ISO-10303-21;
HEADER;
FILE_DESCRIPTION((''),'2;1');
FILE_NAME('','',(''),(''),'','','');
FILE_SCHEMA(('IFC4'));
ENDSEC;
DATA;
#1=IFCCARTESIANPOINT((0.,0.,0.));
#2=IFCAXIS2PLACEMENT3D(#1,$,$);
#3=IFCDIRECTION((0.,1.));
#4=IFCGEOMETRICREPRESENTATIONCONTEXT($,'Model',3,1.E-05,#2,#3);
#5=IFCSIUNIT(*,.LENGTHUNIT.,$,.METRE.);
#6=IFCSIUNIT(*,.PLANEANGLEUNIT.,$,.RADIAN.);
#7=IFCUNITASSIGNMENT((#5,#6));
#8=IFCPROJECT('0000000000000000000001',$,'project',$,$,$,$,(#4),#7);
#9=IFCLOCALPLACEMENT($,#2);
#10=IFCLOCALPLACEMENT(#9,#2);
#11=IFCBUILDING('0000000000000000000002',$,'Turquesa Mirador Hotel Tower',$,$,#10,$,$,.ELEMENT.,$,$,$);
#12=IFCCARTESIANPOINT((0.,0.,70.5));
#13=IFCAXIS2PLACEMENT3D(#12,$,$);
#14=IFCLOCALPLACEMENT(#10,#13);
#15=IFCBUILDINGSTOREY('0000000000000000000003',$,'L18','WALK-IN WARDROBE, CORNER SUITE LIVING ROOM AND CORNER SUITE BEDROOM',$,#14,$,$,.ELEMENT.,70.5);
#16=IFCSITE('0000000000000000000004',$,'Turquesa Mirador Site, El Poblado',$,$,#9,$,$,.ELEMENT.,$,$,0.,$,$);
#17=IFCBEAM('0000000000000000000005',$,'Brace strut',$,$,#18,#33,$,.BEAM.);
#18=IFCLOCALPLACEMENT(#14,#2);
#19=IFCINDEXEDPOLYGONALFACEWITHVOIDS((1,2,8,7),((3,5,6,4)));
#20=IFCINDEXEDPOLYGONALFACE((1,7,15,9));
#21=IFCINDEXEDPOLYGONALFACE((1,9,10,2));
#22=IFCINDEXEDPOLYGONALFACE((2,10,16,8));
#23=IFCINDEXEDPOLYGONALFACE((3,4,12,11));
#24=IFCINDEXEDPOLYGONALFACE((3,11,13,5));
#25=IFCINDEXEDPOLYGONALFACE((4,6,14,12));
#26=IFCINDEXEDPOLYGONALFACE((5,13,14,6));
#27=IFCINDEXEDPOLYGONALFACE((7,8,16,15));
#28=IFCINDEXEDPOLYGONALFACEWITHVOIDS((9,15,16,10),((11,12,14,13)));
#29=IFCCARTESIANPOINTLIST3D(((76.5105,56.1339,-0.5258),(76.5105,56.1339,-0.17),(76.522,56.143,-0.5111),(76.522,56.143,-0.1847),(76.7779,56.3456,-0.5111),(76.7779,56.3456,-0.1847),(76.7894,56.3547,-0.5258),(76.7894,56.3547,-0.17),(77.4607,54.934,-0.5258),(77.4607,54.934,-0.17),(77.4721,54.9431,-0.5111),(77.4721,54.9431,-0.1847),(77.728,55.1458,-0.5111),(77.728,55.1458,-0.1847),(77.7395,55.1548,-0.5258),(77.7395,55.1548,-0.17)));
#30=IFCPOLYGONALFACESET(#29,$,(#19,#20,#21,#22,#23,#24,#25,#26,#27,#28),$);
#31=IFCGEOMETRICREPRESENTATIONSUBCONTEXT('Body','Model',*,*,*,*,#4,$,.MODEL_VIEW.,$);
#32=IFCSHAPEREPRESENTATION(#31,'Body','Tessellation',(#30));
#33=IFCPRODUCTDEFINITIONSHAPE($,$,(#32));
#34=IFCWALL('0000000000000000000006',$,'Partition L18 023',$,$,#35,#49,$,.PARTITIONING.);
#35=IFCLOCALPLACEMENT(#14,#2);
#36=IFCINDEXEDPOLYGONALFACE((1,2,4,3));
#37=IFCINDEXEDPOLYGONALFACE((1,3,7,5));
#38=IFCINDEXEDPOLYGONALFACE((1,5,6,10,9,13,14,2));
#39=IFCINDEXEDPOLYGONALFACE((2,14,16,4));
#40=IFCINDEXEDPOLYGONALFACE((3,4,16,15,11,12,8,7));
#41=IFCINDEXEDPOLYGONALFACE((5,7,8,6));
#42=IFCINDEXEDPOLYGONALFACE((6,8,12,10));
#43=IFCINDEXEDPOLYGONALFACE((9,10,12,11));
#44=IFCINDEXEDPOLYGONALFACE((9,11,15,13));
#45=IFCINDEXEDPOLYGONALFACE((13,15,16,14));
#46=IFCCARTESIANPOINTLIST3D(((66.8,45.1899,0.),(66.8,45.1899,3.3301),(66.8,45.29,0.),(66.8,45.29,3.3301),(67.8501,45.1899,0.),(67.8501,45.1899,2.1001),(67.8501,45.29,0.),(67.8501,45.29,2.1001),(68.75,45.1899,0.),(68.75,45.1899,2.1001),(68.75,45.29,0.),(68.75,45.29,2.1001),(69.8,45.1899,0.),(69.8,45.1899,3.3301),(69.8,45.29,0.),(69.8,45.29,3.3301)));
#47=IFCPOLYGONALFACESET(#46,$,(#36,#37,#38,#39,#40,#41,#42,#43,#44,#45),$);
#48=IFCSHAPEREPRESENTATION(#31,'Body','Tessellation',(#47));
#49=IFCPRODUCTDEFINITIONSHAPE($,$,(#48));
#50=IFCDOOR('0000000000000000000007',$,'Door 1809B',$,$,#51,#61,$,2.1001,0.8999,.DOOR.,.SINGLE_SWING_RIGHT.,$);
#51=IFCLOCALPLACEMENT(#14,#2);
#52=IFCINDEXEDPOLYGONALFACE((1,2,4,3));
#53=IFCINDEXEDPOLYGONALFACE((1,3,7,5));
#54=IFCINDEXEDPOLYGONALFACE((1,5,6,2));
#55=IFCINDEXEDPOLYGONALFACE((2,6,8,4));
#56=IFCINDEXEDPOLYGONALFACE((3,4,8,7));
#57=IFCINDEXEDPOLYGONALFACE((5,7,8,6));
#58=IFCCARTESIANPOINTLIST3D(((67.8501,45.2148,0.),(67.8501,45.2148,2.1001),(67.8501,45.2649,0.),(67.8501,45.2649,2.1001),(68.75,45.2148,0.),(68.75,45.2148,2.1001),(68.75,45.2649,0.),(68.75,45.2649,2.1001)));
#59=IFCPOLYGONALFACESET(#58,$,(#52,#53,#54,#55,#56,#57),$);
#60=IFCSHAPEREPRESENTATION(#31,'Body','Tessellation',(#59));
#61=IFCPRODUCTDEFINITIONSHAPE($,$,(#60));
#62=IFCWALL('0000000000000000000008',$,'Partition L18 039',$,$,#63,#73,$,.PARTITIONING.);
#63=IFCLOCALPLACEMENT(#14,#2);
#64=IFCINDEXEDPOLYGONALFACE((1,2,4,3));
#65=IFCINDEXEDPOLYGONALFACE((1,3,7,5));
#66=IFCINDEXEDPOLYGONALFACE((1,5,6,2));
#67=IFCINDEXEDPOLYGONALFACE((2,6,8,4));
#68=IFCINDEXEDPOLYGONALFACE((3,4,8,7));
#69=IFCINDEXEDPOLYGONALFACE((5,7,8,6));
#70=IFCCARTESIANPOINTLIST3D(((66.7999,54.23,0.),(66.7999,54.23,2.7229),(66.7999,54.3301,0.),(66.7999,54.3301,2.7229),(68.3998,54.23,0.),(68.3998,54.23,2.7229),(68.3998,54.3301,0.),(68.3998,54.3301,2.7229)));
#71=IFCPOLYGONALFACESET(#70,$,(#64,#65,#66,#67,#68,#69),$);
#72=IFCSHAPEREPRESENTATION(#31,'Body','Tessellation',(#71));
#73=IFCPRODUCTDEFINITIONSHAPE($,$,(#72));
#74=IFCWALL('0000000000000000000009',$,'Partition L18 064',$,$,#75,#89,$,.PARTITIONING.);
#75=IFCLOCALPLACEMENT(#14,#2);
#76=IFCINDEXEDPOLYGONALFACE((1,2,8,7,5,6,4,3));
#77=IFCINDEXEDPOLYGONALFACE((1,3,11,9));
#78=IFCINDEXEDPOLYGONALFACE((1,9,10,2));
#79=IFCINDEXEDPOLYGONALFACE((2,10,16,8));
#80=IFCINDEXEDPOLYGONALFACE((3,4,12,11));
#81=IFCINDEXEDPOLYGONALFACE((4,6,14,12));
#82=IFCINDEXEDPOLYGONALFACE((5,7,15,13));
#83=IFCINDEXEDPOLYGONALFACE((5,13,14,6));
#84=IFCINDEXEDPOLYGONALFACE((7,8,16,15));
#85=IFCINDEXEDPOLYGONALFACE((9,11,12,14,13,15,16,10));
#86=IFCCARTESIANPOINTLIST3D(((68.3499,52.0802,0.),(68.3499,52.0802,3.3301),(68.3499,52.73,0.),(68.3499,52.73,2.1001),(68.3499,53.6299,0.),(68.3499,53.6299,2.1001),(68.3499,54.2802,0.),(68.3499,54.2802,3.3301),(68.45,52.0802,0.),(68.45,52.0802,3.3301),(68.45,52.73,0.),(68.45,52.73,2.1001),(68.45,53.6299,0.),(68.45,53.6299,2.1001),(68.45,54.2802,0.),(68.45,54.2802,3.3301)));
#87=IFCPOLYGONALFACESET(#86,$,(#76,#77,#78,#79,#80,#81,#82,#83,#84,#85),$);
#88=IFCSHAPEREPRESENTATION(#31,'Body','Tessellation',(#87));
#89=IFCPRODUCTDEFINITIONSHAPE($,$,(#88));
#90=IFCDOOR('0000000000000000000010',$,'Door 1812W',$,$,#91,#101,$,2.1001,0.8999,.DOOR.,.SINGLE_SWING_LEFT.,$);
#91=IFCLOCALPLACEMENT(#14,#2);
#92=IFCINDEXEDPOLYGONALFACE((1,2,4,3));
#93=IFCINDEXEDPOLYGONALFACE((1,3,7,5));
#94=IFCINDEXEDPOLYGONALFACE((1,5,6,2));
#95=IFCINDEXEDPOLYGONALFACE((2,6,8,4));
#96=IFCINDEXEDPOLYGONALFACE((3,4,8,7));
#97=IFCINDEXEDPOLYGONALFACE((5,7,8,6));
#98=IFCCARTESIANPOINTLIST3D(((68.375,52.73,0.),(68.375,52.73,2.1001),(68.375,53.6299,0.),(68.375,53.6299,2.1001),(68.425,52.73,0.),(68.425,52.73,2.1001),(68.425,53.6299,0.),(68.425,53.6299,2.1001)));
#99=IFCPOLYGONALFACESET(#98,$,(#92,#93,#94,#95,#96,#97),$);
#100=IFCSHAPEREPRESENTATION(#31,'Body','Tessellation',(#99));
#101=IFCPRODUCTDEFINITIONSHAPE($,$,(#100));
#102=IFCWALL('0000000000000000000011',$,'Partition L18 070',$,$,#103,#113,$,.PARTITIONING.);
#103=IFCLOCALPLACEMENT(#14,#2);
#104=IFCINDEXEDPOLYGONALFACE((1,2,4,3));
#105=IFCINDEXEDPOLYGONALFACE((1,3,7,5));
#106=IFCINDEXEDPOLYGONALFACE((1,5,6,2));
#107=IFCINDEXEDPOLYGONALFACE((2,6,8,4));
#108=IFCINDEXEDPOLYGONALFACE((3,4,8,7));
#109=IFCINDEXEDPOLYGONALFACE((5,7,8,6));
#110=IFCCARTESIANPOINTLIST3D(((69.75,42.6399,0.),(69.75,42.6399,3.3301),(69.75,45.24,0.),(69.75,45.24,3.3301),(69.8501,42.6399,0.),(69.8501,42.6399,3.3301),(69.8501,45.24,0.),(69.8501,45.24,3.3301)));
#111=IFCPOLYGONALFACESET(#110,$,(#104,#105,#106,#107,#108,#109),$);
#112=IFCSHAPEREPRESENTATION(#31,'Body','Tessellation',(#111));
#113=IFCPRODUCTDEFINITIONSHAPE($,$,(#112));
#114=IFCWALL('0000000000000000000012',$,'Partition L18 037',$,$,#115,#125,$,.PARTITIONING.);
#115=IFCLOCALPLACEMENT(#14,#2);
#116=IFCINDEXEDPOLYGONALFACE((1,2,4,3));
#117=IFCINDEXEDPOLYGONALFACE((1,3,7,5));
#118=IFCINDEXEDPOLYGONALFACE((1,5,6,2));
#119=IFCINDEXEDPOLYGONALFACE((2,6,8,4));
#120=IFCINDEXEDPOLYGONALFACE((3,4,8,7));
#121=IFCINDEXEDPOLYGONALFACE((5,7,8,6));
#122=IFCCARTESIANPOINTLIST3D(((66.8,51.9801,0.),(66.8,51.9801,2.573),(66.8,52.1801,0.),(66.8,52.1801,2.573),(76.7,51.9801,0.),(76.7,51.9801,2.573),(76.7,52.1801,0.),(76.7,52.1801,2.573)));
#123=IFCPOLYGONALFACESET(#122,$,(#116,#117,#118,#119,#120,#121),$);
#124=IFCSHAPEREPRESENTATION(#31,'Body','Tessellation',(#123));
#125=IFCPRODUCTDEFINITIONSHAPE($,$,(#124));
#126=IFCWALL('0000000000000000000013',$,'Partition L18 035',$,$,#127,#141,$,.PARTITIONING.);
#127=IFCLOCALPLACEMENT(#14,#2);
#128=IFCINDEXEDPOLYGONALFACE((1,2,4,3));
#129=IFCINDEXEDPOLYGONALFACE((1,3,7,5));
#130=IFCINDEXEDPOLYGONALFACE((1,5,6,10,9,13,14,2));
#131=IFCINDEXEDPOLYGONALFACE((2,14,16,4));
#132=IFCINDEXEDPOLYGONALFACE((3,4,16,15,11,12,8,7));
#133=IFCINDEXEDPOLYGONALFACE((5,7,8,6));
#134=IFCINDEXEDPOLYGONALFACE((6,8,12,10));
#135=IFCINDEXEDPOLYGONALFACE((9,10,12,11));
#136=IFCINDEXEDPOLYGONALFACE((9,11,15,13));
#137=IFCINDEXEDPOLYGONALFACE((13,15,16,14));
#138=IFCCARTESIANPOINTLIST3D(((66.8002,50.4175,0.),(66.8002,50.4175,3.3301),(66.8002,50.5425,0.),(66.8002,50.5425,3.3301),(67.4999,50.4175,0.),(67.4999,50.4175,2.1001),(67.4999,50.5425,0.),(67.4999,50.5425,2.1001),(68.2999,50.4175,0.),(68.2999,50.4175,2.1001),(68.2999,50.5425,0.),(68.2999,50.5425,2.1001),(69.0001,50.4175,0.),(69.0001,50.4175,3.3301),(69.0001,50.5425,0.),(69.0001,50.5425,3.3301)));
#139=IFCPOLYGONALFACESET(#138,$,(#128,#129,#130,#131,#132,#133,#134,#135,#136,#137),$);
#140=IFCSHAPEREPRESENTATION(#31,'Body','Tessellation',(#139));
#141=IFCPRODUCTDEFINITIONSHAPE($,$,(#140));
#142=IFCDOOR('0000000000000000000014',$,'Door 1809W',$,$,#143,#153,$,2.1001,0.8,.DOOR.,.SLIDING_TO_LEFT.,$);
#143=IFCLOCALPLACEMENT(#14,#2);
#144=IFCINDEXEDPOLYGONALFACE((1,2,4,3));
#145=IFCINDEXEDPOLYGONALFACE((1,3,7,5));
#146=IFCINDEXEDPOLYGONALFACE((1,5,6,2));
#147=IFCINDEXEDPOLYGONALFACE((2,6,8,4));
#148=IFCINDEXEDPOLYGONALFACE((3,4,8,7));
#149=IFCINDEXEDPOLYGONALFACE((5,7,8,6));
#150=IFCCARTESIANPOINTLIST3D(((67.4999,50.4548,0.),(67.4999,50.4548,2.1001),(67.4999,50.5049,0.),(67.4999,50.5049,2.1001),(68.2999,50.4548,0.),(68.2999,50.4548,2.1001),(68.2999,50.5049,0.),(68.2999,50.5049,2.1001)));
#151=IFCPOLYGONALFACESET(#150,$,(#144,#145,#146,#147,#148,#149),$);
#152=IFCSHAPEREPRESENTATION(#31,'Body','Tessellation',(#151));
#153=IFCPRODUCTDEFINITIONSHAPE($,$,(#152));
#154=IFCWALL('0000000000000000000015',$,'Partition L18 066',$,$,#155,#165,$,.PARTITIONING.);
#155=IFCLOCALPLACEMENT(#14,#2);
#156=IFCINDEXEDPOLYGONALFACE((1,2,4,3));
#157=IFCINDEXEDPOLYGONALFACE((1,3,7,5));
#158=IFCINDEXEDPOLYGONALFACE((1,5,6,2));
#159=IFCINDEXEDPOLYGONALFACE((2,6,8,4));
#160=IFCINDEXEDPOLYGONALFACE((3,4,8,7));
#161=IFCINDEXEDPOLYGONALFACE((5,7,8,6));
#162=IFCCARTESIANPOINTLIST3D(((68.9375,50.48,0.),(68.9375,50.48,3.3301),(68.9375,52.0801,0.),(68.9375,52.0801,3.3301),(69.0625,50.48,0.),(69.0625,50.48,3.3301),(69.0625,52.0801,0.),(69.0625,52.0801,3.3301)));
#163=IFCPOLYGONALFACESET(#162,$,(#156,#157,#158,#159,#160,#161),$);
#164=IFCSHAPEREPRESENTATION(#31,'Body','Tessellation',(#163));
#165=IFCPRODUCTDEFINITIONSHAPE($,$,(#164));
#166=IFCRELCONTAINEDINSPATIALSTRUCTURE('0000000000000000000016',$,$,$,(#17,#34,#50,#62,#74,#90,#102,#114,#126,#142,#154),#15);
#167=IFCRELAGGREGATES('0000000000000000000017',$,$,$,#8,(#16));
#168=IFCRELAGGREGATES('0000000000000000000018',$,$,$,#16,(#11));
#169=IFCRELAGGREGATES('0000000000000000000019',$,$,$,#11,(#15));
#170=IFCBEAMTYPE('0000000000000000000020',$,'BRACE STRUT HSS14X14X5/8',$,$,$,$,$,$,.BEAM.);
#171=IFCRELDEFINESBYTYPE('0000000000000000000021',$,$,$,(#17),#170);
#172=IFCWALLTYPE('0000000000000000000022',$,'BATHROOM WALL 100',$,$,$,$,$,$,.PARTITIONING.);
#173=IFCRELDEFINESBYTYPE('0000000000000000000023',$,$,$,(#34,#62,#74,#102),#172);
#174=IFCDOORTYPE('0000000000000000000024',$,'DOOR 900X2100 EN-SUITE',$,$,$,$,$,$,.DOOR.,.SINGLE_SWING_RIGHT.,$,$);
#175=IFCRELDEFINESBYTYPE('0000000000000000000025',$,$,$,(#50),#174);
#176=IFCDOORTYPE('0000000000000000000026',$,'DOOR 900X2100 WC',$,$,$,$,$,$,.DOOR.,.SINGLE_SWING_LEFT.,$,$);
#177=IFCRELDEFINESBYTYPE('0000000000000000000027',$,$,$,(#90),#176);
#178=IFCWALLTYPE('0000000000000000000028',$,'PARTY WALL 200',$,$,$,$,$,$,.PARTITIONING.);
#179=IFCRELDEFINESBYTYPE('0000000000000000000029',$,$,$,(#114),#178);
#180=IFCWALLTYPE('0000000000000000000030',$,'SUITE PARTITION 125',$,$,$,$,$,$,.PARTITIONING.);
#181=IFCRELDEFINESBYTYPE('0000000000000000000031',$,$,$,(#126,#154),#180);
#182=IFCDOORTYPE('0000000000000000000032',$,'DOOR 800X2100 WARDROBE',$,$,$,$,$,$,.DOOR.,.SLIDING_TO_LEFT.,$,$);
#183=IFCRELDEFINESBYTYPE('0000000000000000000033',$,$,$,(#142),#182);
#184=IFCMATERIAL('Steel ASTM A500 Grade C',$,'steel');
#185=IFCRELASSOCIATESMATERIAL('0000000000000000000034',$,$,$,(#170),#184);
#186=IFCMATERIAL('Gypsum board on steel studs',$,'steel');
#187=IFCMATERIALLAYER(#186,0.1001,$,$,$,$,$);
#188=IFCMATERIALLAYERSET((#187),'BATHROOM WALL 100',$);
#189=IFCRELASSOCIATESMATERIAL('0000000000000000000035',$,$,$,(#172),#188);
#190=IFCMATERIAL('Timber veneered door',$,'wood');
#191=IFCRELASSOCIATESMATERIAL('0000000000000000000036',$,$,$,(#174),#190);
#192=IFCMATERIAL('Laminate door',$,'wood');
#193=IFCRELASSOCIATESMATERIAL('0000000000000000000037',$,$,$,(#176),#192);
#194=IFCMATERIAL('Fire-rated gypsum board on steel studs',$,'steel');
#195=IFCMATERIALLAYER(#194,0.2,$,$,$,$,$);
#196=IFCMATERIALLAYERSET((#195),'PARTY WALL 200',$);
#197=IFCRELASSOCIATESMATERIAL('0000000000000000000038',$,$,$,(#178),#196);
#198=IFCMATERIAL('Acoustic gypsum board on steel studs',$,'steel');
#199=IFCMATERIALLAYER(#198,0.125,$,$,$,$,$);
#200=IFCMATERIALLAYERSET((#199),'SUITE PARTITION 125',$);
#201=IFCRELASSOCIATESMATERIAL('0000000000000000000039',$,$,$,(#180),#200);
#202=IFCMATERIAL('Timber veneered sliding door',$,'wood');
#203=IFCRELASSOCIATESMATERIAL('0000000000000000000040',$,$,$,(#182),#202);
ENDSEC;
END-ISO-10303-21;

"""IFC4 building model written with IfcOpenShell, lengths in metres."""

from ifc_helpers import new_model, si_unit, direction, frame, frame_2d, origin, origin_2d, place, context, subcontext, project, spatial, rectangle, hollow_rectangle, extrude, material, layer, layer_set, material_profile, profile_set, type_object, element, fill, save


model = new_model("IFC4")

# Units and contexts
model_context = context("Model", 3, precision=1e-05, world=origin(), true_north=direction((0.0, 1.0)))
body_context = subcontext(model_context, "Body", "Model", "MODEL_VIEW")
ifc_project = project(units=[si_unit("LENGTHUNIT", "METRE"), si_unit("PLANEANGLEUNIT", "RADIAN")], contexts=[model_context])

# Site, building, storey
site_placement = place(None, origin())
site = spatial("IfcSite", under=ifc_project, at=site_placement, Name="Turquesa Mirador Site, El Poblado", CompositionType="ELEMENT", RefElevation=0.0)
building_placement = place(site_placement, origin())
building = spatial("IfcBuilding", under=site, at=building_placement, Name="Turquesa Mirador Hotel Tower", CompositionType="ELEMENT")
storey_placement = place(building_placement, frame((0.0, 0.0, 70.5)))
storey = spatial("IfcBuildingStorey", under=building, at=storey_placement, Name="L18", Description="WALK-IN WARDROBE, CORNER SUITE LIVING ROOM AND CORNER SUITE BEDROOM", CompositionType="ELEMENT", Elevation=70.5)

# Beam
ifc_material_1 = material(Name="Steel ASTM A500 Grade C", Category="steel")
ifc_material_profile_1 = material_profile(ifc_material_1, hollow_rectangle(XDim=0.3557, YDim=0.3557, WallThickness=0.0146, at=origin_2d()), Name="HSS14X14X5/8")
ifc_profile_set_1 = profile_set([ifc_material_profile_1], Name="Steel ASTM A500 Grade C")
beam_type_1 = type_object("IfcBeamType", Name="BRACE STRUT HSS14X14X5/8", PredefinedType="BEAM", material=ifc_profile_set_1)
for number, where, z_axis, x_axis, name in (
    (1, (77.6001, 55.0444, -0.3479), (-0.620797, 0.783971, 0.0), (-0.783971, -0.620797, 0.0), "Brace strut"),
):
    element("IfcBeam", number, at=place(storey_placement, frame(where, z_axis=z_axis, x_axis=x_axis)), inside=storey, type_object=beam_type_1, Name=name, PredefinedType="BEAM", context=body_context, shape_type="SweptSolid", body=[
        extrude(hollow_rectangle(XDim=0.3557, YDim=0.3557, WallThickness=0.0146, at=origin_2d()), origin(), (0.0, 0.0, 1.0), 1.5305),
    ])

# Wall, opening, door
ifc_material_2 = material(Name="Gypsum board on steel studs", Category="steel")
ifc_layer_1 = layer(ifc_material_2, 0.1001)
ifc_layer_set_1 = layer_set([ifc_layer_1], Name="BATHROOM WALL 100")
wall_type_1 = type_object("IfcWallType", Name="BATHROOM WALL 100", PredefinedType="PARTITIONING", material=ifc_layer_set_1)
wall_1_placement = place(storey_placement, frame((66.8, 45.24, 0.0), z_axis=(0.0, 0.0, 1.0), x_axis=(1.0, 0.0, 0.0)))
wall_1 = element("IfcWall", 2, at=wall_1_placement, inside=storey, type_object=wall_type_1, Name="Partition L18 023", PredefinedType="PARTITIONING", context=body_context, shape_type="SweptSolid", body=[
    extrude(rectangle(XDim=3.0, YDim=0.1001, at=frame_2d((1.5, 0.0))), origin(), (0.0, 0.0, 1.0), 3.3301),
])
opening_1_placement = place(wall_1_placement, frame((1.05, 0.0, 0.0)))
opening_1 = element("IfcOpeningElement", 3, at=opening_1_placement, cuts=wall_1, PredefinedType="OPENING", context=body_context, shape_type="SweptSolid", body=[
    extrude(rectangle(XDim=0.8999, YDim=2.1001, at=frame_2d((0.45, 1.05))), frame((0.0, 0.0601, 0.0), z_axis=(0.0, -1.0, 0.0), x_axis=(1.0, 0.0, 0.0)), (0.0, 0.0, 1.0), 0.1201),
])
ifc_material_3 = material(Name="Timber veneered door", Category="wood")
door_type_1 = type_object("IfcDoorType", Name="DOOR 900X2100 EN-SUITE", OperationType="SINGLE_SWING_RIGHT", PredefinedType="DOOR", material=ifc_material_3)
door_1_placement = place(opening_1_placement, origin())
door_1 = element("IfcDoor", 4, at=door_1_placement, inside=storey, type_object=door_type_1, Name="Door 1809B", OperationType="SINGLE_SWING_RIGHT", OverallHeight=2.1001, OverallWidth=0.8999, PredefinedType="DOOR", context=body_context, shape_type="SweptSolid", body=[
    extrude(rectangle(XDim=0.8999, YDim=2.1001, at=frame_2d((0.45, 1.05))), frame((0.0, 0.0249, 0.0), z_axis=(0.0, -1.0, 0.0), x_axis=(1.0, 0.0, 0.0)), (0.0, 0.0, 1.0), 0.05),
])
fill(opening_1, door_1)

# Wall
wall_2_placement = place(storey_placement, frame((66.8, 54.28, 0.0), z_axis=(0.0, 0.0, 1.0), x_axis=(1.0, 0.0, 0.0)))
element("IfcWall", 5, at=wall_2_placement, inside=storey, type_object=wall_type_1, Name="Partition L18 039", PredefinedType="PARTITIONING", context=body_context, shape_type="SweptSolid", body=[
    extrude(rectangle(XDim=1.5999, YDim=0.1001, at=frame_2d((0.7998, 0.0))), origin(), (0.0, 0.0, 1.0), 2.7229),
])

# Wall, opening, door
wall_3_placement = place(storey_placement, frame((68.3999, 52.0801, 0.0), z_axis=(0.0, 0.0, 1.0), x_axis=(0.0, 1.0, 0.0)))
wall_3 = element("IfcWall", 6, at=wall_3_placement, inside=storey, type_object=wall_type_1, Name="Partition L18 064", PredefinedType="PARTITIONING", context=body_context, shape_type="SweptSolid", body=[
    extrude(rectangle(XDim=2.2, YDim=0.1001, at=frame_2d((1.1001, 0.0))), origin(), (0.0, 0.0, 1.0), 3.3301),
])
opening_2_placement = place(wall_3_placement, frame((0.6499, 0.0, 0.0)))
opening_2 = element("IfcOpeningElement", 7, at=opening_2_placement, cuts=wall_3, PredefinedType="OPENING", context=body_context, shape_type="SweptSolid", body=[
    extrude(rectangle(XDim=0.8999, YDim=2.1001, at=frame_2d((0.45, 1.05))), frame((0.0, 0.0601, 0.0), z_axis=(0.0, -1.0, 0.0), x_axis=(1.0, 0.0, 0.0)), (0.0, 0.0, 1.0), 0.1201),
])
ifc_material_4 = material(Name="Laminate door", Category="wood")
door_type_2 = type_object("IfcDoorType", Name="DOOR 900X2100 WC", OperationType="SINGLE_SWING_LEFT", PredefinedType="DOOR", material=ifc_material_4)
door_2_placement = place(opening_2_placement, origin())
door_2 = element("IfcDoor", 8, at=door_2_placement, inside=storey, type_object=door_type_2, Name="Door 1812W", OperationType="SINGLE_SWING_LEFT", OverallHeight=2.1001, OverallWidth=0.8999, PredefinedType="DOOR", context=body_context, shape_type="SweptSolid", body=[
    extrude(rectangle(XDim=0.8999, YDim=2.1001, at=frame_2d((0.45, 1.05))), frame((0.0, 0.0249, 0.0), z_axis=(0.0, -1.0, 0.0), x_axis=(1.0, 0.0, 0.0)), (0.0, 0.0, 1.0), 0.05),
])
fill(opening_2, door_2)

# Walls
wall_4_placement = place(storey_placement, frame((69.8, 42.6399, 0.0), z_axis=(0.0, 0.0, 1.0), x_axis=(0.0, 1.0, 0.0)))
element("IfcWall", 9, at=wall_4_placement, inside=storey, type_object=wall_type_1, Name="Partition L18 070", PredefinedType="PARTITIONING", context=body_context, shape_type="SweptSolid", body=[
    extrude(rectangle(XDim=2.6001, YDim=0.1001, at=frame_2d((1.3, 0.0))), origin(), (0.0, 0.0, 1.0), 3.3301),
])
ifc_material_5 = material(Name="Fire-rated gypsum board on steel studs", Category="steel")
ifc_layer_2 = layer(ifc_material_5, 0.2)
ifc_layer_set_2 = layer_set([ifc_layer_2], Name="PARTY WALL 200")
wall_type_2 = type_object("IfcWallType", Name="PARTY WALL 200", PredefinedType="PARTITIONING", material=ifc_layer_set_2)
wall_5_placement = place(storey_placement, frame((66.8, 52.0801, 0.0), z_axis=(0.0, 0.0, 1.0), x_axis=(1.0, 0.0, 0.0)))
element("IfcWall", 10, at=wall_5_placement, inside=storey, type_object=wall_type_2, Name="Partition L18 037", PredefinedType="PARTITIONING", context=body_context, shape_type="SweptSolid", body=[
    extrude(rectangle(XDim=9.8999, YDim=0.2, at=frame_2d((4.95, 0.0))), origin(), (0.0, 0.0, 1.0), 2.573),
])

# Wall, opening, door
ifc_material_6 = material(Name="Acoustic gypsum board on steel studs", Category="steel")
ifc_layer_3 = layer(ifc_material_6, 0.125)
ifc_layer_set_3 = layer_set([ifc_layer_3], Name="SUITE PARTITION 125")
wall_type_3 = type_object("IfcWallType", Name="SUITE PARTITION 125", PredefinedType="PARTITIONING", material=ifc_layer_set_3)
wall_6_placement = place(storey_placement, frame((66.8, 50.48, 0.0), z_axis=(0.0, 0.0, 1.0), x_axis=(1.0, 0.0, 0.0)))
wall_6 = element("IfcWall", 11, at=wall_6_placement, inside=storey, type_object=wall_type_3, Name="Partition L18 035", PredefinedType="PARTITIONING", context=body_context, shape_type="SweptSolid", body=[
    extrude(rectangle(XDim=2.2, YDim=0.125, at=frame_2d((1.1001, 0.0))), origin(), (0.0, 0.0, 1.0), 3.3301),
])
opening_3_placement = place(wall_6_placement, frame((0.7, 0.0, 0.0)))
opening_3 = element("IfcOpeningElement", 12, at=opening_3_placement, cuts=wall_6, PredefinedType="OPENING", context=body_context, shape_type="SweptSolid", body=[
    extrude(rectangle(XDim=0.8, YDim=2.1001, at=frame_2d((0.3999, 1.05))), frame((0.0, 0.0725, 0.0), z_axis=(0.0, -1.0, 0.0), x_axis=(1.0, 0.0, 0.0)), (0.0, 0.0, 1.0), 0.145),
])
ifc_material_7 = material(Name="Timber veneered sliding door", Category="wood")
door_type_3 = type_object("IfcDoorType", Name="DOOR 800X2100 WARDROBE", OperationType="SLIDING_TO_LEFT", PredefinedType="DOOR", material=ifc_material_7)
door_3_placement = place(opening_3_placement, origin())
door_3 = element("IfcDoor", 13, at=door_3_placement, inside=storey, type_object=door_type_3, Name="Door 1809W", OperationType="SLIDING_TO_LEFT", OverallHeight=2.1001, OverallWidth=0.8, PredefinedType="DOOR", context=body_context, shape_type="SweptSolid", body=[
    extrude(rectangle(XDim=0.8, YDim=2.1001, at=frame_2d((0.3999, 1.05))), frame((0.0, 0.0249, 0.0), z_axis=(0.0, -1.0, 0.0), x_axis=(1.0, 0.0, 0.0)), (0.0, 0.0, 1.0), 0.05),
])
fill(opening_3, door_3)

# Wall
wall_7_placement = place(storey_placement, frame((69.0, 50.48, 0.0), z_axis=(0.0, 0.0, 1.0), x_axis=(0.0, 1.0, 0.0)))
element("IfcWall", 14, at=wall_7_placement, inside=storey, type_object=wall_type_3, Name="Partition L18 066", PredefinedType="PARTITIONING", context=body_context, shape_type="SweptSolid", body=[
    extrude(rectangle(XDim=1.6001, YDim=0.125, at=frame_2d((0.8, 0.0))), origin(), (0.0, 0.0, 1.0), 3.3301),
])

save(model, "model.ifc")
